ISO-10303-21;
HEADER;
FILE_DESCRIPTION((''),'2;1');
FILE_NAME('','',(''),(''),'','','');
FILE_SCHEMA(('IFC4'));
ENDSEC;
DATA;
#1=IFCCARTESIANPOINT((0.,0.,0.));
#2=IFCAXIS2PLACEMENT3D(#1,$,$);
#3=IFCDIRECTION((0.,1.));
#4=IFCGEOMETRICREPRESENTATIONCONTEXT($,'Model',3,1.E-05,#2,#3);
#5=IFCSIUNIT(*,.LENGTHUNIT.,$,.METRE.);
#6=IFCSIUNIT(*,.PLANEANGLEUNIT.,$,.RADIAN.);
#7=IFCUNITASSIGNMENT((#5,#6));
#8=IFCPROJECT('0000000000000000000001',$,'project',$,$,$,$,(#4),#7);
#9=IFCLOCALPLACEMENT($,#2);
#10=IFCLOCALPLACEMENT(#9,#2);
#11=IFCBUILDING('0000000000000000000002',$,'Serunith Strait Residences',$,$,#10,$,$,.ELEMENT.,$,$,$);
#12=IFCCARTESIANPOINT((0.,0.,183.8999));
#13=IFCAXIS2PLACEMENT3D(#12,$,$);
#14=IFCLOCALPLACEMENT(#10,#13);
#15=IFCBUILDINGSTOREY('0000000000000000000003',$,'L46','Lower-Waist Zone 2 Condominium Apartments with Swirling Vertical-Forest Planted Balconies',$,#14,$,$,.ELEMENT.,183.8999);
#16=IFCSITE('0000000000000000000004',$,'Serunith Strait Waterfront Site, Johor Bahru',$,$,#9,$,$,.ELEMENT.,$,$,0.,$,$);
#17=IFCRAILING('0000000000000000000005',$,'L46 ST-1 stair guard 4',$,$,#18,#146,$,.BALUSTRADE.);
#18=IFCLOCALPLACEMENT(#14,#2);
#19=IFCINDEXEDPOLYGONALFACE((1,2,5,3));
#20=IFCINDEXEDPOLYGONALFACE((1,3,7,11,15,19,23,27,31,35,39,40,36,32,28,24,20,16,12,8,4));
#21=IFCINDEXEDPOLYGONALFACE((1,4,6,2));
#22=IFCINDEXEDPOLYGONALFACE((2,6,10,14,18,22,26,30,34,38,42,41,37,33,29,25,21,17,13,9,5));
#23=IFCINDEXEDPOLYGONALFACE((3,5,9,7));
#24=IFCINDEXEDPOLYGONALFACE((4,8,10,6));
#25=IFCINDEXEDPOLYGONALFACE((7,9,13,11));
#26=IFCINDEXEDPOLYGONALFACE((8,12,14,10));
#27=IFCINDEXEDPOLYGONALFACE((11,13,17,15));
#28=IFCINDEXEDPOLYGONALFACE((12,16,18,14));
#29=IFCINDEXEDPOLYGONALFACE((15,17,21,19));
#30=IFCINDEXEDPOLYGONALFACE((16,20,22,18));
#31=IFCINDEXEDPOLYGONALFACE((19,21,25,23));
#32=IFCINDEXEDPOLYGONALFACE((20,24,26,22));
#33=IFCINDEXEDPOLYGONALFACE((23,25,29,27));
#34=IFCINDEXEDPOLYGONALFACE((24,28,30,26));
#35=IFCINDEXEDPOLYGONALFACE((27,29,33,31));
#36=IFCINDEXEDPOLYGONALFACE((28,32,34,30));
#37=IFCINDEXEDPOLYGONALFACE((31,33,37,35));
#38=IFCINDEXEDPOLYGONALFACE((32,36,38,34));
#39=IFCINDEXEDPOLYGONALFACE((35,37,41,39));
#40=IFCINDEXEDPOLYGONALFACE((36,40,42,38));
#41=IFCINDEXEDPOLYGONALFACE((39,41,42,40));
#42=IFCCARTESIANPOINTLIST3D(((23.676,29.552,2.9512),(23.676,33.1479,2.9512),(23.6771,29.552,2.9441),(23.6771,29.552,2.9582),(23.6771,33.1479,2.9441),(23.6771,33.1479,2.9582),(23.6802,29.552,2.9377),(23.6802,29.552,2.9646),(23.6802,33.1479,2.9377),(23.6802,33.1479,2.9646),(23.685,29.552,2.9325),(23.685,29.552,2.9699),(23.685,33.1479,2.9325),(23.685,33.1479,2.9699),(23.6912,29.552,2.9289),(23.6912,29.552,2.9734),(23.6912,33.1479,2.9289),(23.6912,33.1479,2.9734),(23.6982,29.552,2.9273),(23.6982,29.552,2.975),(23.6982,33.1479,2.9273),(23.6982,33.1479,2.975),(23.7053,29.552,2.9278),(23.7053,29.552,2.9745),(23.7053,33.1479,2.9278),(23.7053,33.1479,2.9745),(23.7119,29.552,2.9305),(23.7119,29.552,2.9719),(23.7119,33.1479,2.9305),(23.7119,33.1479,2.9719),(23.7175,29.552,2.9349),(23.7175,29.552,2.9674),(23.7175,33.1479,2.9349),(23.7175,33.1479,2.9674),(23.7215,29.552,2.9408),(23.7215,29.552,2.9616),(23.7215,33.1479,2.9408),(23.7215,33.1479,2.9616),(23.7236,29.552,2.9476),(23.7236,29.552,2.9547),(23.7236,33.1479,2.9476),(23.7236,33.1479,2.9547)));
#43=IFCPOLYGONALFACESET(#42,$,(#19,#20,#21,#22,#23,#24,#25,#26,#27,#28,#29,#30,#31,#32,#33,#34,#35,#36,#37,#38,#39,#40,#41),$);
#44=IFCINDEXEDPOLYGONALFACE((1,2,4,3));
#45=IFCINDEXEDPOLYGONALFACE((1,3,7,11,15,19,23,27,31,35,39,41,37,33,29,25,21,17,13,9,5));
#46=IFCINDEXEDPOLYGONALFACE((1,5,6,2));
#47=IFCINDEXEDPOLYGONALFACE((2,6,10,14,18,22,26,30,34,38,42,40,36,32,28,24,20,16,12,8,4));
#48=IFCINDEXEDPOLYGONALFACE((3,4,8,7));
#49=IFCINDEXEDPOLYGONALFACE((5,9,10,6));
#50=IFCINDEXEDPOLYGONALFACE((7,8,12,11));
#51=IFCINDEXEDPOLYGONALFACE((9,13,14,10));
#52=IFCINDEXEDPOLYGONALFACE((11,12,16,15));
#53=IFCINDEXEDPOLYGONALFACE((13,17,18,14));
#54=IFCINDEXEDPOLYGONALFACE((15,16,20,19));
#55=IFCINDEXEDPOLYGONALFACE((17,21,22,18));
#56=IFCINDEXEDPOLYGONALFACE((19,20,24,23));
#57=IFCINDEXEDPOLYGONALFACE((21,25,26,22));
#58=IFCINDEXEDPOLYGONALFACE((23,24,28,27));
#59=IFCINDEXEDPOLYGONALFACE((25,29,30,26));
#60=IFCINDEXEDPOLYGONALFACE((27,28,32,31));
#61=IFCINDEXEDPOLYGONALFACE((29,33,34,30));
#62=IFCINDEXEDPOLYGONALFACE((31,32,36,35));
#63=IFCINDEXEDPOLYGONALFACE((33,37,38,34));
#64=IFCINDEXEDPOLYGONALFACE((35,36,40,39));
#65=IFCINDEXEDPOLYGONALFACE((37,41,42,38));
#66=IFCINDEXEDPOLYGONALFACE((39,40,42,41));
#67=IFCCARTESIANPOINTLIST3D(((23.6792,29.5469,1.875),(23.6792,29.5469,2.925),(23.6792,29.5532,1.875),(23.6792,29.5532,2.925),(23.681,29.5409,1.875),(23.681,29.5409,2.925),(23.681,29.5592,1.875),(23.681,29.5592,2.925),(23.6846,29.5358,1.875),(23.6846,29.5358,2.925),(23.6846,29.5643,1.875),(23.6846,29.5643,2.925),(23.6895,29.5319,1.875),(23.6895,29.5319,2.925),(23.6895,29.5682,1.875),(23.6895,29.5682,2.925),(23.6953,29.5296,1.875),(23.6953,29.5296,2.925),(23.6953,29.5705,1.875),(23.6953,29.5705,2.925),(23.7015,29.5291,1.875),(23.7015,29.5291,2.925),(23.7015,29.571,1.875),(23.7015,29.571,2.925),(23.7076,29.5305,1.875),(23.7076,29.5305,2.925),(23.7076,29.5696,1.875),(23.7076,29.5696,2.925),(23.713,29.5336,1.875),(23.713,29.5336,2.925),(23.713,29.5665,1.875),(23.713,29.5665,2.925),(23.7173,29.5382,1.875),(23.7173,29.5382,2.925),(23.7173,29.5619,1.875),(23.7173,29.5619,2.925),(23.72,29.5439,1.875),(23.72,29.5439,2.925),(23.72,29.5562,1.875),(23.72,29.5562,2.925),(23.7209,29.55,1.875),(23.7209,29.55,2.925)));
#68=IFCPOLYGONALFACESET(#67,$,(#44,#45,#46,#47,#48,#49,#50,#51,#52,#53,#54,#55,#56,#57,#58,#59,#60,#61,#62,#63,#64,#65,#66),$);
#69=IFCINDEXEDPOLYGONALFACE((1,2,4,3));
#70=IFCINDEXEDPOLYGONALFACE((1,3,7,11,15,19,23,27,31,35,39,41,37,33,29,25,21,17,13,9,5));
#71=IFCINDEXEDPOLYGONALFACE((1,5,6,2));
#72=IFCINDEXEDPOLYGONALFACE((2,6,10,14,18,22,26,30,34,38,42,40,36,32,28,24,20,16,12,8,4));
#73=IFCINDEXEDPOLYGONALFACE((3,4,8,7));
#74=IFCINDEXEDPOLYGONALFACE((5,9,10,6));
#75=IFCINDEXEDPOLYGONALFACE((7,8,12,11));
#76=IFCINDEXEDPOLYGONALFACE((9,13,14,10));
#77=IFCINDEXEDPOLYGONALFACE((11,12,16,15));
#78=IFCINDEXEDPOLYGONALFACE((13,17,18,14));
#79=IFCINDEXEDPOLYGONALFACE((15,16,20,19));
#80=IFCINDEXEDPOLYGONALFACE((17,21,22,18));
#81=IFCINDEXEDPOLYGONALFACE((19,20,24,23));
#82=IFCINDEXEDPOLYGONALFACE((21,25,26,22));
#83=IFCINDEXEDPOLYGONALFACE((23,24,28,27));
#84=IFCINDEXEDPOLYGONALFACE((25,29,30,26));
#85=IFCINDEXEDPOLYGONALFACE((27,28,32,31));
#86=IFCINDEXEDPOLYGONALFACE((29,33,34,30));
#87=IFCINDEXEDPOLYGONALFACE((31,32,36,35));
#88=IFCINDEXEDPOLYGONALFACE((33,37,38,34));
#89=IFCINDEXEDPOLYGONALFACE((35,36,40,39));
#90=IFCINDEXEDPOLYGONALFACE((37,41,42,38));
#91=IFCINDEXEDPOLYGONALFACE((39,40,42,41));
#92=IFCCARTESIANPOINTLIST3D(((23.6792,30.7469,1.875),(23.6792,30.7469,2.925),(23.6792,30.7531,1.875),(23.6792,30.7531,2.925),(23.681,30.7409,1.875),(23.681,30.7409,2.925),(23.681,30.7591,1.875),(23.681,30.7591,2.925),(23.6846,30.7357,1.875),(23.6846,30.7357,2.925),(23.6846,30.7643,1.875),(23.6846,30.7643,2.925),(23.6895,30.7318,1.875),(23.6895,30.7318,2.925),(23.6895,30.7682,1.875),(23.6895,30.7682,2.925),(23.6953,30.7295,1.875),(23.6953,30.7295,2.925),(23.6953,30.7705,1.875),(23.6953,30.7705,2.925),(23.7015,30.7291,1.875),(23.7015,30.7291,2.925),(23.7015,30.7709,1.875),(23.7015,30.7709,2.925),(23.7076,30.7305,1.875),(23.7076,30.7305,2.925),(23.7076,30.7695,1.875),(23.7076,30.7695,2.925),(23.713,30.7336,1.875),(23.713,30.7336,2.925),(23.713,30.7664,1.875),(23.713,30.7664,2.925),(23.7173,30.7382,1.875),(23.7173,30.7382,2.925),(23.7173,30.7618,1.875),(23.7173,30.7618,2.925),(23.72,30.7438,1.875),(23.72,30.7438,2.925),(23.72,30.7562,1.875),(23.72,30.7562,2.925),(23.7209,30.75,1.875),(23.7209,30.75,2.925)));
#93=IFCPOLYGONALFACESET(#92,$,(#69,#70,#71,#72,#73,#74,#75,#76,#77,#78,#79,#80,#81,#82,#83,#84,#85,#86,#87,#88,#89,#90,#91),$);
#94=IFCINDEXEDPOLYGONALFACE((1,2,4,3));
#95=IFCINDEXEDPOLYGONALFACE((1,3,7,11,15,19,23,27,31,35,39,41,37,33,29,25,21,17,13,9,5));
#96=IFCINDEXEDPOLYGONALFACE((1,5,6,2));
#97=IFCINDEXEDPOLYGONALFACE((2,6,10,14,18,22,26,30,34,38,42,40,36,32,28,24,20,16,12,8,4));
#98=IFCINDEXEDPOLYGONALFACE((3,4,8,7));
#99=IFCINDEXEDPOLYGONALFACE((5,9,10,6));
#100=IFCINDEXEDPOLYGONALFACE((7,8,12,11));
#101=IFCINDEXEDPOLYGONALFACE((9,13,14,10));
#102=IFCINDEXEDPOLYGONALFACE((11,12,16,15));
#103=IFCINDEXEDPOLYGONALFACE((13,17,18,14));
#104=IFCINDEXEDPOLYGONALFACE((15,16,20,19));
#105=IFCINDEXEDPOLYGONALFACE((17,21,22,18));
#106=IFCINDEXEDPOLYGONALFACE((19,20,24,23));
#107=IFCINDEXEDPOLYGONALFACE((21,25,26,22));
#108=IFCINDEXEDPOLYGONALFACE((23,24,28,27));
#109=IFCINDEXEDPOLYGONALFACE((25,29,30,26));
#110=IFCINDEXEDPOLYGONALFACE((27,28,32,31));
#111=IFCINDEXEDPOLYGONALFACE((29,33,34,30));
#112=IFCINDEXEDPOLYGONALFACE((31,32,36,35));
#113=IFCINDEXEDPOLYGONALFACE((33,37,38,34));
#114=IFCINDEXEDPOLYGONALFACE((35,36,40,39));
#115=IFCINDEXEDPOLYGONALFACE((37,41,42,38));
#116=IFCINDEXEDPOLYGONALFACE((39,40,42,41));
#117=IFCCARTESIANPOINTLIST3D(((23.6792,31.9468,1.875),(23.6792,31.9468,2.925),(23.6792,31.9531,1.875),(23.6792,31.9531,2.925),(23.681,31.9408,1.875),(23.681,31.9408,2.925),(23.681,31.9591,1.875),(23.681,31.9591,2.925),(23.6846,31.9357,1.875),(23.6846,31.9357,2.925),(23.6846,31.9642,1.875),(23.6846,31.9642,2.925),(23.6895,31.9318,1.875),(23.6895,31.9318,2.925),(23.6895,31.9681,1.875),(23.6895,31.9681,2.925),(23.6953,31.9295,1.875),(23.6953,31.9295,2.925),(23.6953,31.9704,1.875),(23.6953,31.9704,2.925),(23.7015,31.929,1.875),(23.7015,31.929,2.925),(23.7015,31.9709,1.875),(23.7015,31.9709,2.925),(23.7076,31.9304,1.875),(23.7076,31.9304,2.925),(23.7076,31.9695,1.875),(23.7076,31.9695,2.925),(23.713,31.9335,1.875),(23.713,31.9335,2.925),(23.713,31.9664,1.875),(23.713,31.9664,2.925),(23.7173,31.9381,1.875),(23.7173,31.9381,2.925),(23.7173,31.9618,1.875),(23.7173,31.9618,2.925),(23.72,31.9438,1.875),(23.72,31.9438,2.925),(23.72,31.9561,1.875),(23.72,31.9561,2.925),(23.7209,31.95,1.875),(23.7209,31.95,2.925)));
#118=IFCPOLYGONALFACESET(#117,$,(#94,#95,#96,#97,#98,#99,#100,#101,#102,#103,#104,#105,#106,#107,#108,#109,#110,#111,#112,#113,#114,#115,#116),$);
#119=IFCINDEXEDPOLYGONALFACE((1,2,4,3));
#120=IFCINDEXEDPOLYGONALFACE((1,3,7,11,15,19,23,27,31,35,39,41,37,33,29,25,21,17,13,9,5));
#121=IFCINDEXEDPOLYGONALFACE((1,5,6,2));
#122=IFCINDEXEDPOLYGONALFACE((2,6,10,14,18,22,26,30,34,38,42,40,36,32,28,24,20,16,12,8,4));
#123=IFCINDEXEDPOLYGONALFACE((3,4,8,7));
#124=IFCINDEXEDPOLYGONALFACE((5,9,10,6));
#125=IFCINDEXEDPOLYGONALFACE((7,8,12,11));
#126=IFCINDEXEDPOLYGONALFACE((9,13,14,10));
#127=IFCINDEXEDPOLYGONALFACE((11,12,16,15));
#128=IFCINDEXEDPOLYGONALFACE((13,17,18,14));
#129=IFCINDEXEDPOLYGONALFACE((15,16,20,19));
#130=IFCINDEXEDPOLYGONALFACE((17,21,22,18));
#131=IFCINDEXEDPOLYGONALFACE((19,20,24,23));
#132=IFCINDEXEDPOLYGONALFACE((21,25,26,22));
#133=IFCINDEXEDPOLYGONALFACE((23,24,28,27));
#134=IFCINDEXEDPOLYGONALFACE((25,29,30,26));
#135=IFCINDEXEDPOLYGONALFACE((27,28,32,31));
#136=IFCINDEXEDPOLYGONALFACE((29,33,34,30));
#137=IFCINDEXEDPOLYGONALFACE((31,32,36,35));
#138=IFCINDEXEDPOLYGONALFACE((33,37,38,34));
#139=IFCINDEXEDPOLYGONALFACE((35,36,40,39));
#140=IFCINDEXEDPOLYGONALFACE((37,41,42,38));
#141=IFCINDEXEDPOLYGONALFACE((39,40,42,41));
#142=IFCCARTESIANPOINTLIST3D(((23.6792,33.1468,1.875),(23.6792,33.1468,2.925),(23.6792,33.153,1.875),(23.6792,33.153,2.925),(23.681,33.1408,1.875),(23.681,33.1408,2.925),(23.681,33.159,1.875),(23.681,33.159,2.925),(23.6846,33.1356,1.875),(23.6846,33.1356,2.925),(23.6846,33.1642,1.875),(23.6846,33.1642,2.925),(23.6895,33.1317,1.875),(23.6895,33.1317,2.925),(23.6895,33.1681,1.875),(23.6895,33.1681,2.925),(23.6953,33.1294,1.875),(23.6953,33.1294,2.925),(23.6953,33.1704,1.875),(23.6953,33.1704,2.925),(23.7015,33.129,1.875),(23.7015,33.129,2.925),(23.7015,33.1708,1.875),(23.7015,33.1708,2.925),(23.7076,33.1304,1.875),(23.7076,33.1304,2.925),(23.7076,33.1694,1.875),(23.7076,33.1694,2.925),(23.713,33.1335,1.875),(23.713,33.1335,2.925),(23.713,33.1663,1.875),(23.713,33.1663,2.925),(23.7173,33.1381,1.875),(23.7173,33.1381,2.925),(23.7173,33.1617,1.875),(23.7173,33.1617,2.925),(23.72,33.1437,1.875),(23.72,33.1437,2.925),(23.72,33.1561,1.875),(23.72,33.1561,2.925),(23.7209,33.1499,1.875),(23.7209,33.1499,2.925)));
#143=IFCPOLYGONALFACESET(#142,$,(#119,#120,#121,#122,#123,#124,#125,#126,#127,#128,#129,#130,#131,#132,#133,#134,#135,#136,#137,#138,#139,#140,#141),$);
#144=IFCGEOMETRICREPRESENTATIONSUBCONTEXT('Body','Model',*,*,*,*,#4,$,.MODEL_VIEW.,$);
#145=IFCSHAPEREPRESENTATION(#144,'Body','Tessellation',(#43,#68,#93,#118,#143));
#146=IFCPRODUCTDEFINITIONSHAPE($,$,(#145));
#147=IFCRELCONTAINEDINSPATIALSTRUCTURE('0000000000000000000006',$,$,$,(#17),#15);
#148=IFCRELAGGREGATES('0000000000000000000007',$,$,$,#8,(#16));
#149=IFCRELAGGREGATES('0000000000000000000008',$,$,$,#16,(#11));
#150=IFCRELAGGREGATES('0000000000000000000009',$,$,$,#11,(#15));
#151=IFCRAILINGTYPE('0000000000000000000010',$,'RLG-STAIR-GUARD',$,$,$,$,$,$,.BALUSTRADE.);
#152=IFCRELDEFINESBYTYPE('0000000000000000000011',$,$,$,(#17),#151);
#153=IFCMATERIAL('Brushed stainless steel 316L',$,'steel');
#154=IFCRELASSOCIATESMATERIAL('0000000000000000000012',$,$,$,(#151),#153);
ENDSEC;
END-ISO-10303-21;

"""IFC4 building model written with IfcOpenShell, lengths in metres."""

from ifc_helpers import new_model, si_unit, direction, frame, origin, origin_2d, place, context, subcontext, project, spatial, circle, extrude, material, type_object, element, save


model = new_model("IFC4")

# Units and contexts
model_context = context("Model", 3, precision=1e-05, world=origin(), true_north=direction((0.0, 1.0)))
body_context = subcontext(model_context, "Body", "Model", "MODEL_VIEW")
ifc_project = project(units=[si_unit("LENGTHUNIT", "METRE"), si_unit("PLANEANGLEUNIT", "RADIAN")], contexts=[model_context])

# Site, building, storey
site_placement = place(None, origin())
site = spatial("IfcSite", under=ifc_project, at=site_placement, Name="Serunith Strait Waterfront Site, Johor Bahru", CompositionType="ELEMENT", RefElevation=0.0)
building_placement = place(site_placement, origin())
building = spatial("IfcBuilding", under=site, at=building_placement, Name="Serunith Strait Residences", CompositionType="ELEMENT")
storey_placement = place(building_placement, frame((0.0, 0.0, 183.8999)))
storey = spatial("IfcBuildingStorey", under=building, at=storey_placement, Name="L46", Description="Lower-Waist Zone 2 Condominium Apartments with Swirling Vertical-Forest Planted Balconies", CompositionType="ELEMENT", Elevation=183.8999)

# Railing
ifc_material_1 = material(Name="Brushed stainless steel 316L", Category="steel")
railing_type_1 = type_object("IfcRailingType", Name="RLG-STAIR-GUARD", PredefinedType="BALUSTRADE", material=ifc_material_1)
for number, where, name in (
    (1, (23.7, 29.55, 1.875), "L46 ST-1 stair guard 4"),
):
    element("IfcRailing", number, at=place(storey_placement, frame(where)), inside=storey, type_object=railing_type_1, Name=name, PredefinedType="BALUSTRADE", context=body_context, shape_type="SweptSolid", body=[
        extrude(circle(Radius=0.0239, at=origin_2d()), frame((0.0, 0.002, 1.0762), z_axis=(0.0, 1.0, 0.0), x_axis=(-1.0, 0.0, 0.0)), (0.0, 0.0, 1.0), 3.5959),
        extrude(circle(Radius=0.021, at=origin_2d()), origin(), (0.0, 0.0, 1.0), 1.05),
        extrude(circle(Radius=0.021, at=origin_2d()), frame((0.0, 1.2, 0.0)), (0.0, 0.0, 1.0), 1.05),
        extrude(circle(Radius=0.021, at=origin_2d()), frame((0.0, 2.3999, 0.0)), (0.0, 0.0, 1.0), 1.05),
        extrude(circle(Radius=0.021, at=origin_2d()), frame((0.0, 3.5999, 0.0)), (0.0, 0.0, 1.0), 1.05),
    ])

save(model, "model.ifc")
